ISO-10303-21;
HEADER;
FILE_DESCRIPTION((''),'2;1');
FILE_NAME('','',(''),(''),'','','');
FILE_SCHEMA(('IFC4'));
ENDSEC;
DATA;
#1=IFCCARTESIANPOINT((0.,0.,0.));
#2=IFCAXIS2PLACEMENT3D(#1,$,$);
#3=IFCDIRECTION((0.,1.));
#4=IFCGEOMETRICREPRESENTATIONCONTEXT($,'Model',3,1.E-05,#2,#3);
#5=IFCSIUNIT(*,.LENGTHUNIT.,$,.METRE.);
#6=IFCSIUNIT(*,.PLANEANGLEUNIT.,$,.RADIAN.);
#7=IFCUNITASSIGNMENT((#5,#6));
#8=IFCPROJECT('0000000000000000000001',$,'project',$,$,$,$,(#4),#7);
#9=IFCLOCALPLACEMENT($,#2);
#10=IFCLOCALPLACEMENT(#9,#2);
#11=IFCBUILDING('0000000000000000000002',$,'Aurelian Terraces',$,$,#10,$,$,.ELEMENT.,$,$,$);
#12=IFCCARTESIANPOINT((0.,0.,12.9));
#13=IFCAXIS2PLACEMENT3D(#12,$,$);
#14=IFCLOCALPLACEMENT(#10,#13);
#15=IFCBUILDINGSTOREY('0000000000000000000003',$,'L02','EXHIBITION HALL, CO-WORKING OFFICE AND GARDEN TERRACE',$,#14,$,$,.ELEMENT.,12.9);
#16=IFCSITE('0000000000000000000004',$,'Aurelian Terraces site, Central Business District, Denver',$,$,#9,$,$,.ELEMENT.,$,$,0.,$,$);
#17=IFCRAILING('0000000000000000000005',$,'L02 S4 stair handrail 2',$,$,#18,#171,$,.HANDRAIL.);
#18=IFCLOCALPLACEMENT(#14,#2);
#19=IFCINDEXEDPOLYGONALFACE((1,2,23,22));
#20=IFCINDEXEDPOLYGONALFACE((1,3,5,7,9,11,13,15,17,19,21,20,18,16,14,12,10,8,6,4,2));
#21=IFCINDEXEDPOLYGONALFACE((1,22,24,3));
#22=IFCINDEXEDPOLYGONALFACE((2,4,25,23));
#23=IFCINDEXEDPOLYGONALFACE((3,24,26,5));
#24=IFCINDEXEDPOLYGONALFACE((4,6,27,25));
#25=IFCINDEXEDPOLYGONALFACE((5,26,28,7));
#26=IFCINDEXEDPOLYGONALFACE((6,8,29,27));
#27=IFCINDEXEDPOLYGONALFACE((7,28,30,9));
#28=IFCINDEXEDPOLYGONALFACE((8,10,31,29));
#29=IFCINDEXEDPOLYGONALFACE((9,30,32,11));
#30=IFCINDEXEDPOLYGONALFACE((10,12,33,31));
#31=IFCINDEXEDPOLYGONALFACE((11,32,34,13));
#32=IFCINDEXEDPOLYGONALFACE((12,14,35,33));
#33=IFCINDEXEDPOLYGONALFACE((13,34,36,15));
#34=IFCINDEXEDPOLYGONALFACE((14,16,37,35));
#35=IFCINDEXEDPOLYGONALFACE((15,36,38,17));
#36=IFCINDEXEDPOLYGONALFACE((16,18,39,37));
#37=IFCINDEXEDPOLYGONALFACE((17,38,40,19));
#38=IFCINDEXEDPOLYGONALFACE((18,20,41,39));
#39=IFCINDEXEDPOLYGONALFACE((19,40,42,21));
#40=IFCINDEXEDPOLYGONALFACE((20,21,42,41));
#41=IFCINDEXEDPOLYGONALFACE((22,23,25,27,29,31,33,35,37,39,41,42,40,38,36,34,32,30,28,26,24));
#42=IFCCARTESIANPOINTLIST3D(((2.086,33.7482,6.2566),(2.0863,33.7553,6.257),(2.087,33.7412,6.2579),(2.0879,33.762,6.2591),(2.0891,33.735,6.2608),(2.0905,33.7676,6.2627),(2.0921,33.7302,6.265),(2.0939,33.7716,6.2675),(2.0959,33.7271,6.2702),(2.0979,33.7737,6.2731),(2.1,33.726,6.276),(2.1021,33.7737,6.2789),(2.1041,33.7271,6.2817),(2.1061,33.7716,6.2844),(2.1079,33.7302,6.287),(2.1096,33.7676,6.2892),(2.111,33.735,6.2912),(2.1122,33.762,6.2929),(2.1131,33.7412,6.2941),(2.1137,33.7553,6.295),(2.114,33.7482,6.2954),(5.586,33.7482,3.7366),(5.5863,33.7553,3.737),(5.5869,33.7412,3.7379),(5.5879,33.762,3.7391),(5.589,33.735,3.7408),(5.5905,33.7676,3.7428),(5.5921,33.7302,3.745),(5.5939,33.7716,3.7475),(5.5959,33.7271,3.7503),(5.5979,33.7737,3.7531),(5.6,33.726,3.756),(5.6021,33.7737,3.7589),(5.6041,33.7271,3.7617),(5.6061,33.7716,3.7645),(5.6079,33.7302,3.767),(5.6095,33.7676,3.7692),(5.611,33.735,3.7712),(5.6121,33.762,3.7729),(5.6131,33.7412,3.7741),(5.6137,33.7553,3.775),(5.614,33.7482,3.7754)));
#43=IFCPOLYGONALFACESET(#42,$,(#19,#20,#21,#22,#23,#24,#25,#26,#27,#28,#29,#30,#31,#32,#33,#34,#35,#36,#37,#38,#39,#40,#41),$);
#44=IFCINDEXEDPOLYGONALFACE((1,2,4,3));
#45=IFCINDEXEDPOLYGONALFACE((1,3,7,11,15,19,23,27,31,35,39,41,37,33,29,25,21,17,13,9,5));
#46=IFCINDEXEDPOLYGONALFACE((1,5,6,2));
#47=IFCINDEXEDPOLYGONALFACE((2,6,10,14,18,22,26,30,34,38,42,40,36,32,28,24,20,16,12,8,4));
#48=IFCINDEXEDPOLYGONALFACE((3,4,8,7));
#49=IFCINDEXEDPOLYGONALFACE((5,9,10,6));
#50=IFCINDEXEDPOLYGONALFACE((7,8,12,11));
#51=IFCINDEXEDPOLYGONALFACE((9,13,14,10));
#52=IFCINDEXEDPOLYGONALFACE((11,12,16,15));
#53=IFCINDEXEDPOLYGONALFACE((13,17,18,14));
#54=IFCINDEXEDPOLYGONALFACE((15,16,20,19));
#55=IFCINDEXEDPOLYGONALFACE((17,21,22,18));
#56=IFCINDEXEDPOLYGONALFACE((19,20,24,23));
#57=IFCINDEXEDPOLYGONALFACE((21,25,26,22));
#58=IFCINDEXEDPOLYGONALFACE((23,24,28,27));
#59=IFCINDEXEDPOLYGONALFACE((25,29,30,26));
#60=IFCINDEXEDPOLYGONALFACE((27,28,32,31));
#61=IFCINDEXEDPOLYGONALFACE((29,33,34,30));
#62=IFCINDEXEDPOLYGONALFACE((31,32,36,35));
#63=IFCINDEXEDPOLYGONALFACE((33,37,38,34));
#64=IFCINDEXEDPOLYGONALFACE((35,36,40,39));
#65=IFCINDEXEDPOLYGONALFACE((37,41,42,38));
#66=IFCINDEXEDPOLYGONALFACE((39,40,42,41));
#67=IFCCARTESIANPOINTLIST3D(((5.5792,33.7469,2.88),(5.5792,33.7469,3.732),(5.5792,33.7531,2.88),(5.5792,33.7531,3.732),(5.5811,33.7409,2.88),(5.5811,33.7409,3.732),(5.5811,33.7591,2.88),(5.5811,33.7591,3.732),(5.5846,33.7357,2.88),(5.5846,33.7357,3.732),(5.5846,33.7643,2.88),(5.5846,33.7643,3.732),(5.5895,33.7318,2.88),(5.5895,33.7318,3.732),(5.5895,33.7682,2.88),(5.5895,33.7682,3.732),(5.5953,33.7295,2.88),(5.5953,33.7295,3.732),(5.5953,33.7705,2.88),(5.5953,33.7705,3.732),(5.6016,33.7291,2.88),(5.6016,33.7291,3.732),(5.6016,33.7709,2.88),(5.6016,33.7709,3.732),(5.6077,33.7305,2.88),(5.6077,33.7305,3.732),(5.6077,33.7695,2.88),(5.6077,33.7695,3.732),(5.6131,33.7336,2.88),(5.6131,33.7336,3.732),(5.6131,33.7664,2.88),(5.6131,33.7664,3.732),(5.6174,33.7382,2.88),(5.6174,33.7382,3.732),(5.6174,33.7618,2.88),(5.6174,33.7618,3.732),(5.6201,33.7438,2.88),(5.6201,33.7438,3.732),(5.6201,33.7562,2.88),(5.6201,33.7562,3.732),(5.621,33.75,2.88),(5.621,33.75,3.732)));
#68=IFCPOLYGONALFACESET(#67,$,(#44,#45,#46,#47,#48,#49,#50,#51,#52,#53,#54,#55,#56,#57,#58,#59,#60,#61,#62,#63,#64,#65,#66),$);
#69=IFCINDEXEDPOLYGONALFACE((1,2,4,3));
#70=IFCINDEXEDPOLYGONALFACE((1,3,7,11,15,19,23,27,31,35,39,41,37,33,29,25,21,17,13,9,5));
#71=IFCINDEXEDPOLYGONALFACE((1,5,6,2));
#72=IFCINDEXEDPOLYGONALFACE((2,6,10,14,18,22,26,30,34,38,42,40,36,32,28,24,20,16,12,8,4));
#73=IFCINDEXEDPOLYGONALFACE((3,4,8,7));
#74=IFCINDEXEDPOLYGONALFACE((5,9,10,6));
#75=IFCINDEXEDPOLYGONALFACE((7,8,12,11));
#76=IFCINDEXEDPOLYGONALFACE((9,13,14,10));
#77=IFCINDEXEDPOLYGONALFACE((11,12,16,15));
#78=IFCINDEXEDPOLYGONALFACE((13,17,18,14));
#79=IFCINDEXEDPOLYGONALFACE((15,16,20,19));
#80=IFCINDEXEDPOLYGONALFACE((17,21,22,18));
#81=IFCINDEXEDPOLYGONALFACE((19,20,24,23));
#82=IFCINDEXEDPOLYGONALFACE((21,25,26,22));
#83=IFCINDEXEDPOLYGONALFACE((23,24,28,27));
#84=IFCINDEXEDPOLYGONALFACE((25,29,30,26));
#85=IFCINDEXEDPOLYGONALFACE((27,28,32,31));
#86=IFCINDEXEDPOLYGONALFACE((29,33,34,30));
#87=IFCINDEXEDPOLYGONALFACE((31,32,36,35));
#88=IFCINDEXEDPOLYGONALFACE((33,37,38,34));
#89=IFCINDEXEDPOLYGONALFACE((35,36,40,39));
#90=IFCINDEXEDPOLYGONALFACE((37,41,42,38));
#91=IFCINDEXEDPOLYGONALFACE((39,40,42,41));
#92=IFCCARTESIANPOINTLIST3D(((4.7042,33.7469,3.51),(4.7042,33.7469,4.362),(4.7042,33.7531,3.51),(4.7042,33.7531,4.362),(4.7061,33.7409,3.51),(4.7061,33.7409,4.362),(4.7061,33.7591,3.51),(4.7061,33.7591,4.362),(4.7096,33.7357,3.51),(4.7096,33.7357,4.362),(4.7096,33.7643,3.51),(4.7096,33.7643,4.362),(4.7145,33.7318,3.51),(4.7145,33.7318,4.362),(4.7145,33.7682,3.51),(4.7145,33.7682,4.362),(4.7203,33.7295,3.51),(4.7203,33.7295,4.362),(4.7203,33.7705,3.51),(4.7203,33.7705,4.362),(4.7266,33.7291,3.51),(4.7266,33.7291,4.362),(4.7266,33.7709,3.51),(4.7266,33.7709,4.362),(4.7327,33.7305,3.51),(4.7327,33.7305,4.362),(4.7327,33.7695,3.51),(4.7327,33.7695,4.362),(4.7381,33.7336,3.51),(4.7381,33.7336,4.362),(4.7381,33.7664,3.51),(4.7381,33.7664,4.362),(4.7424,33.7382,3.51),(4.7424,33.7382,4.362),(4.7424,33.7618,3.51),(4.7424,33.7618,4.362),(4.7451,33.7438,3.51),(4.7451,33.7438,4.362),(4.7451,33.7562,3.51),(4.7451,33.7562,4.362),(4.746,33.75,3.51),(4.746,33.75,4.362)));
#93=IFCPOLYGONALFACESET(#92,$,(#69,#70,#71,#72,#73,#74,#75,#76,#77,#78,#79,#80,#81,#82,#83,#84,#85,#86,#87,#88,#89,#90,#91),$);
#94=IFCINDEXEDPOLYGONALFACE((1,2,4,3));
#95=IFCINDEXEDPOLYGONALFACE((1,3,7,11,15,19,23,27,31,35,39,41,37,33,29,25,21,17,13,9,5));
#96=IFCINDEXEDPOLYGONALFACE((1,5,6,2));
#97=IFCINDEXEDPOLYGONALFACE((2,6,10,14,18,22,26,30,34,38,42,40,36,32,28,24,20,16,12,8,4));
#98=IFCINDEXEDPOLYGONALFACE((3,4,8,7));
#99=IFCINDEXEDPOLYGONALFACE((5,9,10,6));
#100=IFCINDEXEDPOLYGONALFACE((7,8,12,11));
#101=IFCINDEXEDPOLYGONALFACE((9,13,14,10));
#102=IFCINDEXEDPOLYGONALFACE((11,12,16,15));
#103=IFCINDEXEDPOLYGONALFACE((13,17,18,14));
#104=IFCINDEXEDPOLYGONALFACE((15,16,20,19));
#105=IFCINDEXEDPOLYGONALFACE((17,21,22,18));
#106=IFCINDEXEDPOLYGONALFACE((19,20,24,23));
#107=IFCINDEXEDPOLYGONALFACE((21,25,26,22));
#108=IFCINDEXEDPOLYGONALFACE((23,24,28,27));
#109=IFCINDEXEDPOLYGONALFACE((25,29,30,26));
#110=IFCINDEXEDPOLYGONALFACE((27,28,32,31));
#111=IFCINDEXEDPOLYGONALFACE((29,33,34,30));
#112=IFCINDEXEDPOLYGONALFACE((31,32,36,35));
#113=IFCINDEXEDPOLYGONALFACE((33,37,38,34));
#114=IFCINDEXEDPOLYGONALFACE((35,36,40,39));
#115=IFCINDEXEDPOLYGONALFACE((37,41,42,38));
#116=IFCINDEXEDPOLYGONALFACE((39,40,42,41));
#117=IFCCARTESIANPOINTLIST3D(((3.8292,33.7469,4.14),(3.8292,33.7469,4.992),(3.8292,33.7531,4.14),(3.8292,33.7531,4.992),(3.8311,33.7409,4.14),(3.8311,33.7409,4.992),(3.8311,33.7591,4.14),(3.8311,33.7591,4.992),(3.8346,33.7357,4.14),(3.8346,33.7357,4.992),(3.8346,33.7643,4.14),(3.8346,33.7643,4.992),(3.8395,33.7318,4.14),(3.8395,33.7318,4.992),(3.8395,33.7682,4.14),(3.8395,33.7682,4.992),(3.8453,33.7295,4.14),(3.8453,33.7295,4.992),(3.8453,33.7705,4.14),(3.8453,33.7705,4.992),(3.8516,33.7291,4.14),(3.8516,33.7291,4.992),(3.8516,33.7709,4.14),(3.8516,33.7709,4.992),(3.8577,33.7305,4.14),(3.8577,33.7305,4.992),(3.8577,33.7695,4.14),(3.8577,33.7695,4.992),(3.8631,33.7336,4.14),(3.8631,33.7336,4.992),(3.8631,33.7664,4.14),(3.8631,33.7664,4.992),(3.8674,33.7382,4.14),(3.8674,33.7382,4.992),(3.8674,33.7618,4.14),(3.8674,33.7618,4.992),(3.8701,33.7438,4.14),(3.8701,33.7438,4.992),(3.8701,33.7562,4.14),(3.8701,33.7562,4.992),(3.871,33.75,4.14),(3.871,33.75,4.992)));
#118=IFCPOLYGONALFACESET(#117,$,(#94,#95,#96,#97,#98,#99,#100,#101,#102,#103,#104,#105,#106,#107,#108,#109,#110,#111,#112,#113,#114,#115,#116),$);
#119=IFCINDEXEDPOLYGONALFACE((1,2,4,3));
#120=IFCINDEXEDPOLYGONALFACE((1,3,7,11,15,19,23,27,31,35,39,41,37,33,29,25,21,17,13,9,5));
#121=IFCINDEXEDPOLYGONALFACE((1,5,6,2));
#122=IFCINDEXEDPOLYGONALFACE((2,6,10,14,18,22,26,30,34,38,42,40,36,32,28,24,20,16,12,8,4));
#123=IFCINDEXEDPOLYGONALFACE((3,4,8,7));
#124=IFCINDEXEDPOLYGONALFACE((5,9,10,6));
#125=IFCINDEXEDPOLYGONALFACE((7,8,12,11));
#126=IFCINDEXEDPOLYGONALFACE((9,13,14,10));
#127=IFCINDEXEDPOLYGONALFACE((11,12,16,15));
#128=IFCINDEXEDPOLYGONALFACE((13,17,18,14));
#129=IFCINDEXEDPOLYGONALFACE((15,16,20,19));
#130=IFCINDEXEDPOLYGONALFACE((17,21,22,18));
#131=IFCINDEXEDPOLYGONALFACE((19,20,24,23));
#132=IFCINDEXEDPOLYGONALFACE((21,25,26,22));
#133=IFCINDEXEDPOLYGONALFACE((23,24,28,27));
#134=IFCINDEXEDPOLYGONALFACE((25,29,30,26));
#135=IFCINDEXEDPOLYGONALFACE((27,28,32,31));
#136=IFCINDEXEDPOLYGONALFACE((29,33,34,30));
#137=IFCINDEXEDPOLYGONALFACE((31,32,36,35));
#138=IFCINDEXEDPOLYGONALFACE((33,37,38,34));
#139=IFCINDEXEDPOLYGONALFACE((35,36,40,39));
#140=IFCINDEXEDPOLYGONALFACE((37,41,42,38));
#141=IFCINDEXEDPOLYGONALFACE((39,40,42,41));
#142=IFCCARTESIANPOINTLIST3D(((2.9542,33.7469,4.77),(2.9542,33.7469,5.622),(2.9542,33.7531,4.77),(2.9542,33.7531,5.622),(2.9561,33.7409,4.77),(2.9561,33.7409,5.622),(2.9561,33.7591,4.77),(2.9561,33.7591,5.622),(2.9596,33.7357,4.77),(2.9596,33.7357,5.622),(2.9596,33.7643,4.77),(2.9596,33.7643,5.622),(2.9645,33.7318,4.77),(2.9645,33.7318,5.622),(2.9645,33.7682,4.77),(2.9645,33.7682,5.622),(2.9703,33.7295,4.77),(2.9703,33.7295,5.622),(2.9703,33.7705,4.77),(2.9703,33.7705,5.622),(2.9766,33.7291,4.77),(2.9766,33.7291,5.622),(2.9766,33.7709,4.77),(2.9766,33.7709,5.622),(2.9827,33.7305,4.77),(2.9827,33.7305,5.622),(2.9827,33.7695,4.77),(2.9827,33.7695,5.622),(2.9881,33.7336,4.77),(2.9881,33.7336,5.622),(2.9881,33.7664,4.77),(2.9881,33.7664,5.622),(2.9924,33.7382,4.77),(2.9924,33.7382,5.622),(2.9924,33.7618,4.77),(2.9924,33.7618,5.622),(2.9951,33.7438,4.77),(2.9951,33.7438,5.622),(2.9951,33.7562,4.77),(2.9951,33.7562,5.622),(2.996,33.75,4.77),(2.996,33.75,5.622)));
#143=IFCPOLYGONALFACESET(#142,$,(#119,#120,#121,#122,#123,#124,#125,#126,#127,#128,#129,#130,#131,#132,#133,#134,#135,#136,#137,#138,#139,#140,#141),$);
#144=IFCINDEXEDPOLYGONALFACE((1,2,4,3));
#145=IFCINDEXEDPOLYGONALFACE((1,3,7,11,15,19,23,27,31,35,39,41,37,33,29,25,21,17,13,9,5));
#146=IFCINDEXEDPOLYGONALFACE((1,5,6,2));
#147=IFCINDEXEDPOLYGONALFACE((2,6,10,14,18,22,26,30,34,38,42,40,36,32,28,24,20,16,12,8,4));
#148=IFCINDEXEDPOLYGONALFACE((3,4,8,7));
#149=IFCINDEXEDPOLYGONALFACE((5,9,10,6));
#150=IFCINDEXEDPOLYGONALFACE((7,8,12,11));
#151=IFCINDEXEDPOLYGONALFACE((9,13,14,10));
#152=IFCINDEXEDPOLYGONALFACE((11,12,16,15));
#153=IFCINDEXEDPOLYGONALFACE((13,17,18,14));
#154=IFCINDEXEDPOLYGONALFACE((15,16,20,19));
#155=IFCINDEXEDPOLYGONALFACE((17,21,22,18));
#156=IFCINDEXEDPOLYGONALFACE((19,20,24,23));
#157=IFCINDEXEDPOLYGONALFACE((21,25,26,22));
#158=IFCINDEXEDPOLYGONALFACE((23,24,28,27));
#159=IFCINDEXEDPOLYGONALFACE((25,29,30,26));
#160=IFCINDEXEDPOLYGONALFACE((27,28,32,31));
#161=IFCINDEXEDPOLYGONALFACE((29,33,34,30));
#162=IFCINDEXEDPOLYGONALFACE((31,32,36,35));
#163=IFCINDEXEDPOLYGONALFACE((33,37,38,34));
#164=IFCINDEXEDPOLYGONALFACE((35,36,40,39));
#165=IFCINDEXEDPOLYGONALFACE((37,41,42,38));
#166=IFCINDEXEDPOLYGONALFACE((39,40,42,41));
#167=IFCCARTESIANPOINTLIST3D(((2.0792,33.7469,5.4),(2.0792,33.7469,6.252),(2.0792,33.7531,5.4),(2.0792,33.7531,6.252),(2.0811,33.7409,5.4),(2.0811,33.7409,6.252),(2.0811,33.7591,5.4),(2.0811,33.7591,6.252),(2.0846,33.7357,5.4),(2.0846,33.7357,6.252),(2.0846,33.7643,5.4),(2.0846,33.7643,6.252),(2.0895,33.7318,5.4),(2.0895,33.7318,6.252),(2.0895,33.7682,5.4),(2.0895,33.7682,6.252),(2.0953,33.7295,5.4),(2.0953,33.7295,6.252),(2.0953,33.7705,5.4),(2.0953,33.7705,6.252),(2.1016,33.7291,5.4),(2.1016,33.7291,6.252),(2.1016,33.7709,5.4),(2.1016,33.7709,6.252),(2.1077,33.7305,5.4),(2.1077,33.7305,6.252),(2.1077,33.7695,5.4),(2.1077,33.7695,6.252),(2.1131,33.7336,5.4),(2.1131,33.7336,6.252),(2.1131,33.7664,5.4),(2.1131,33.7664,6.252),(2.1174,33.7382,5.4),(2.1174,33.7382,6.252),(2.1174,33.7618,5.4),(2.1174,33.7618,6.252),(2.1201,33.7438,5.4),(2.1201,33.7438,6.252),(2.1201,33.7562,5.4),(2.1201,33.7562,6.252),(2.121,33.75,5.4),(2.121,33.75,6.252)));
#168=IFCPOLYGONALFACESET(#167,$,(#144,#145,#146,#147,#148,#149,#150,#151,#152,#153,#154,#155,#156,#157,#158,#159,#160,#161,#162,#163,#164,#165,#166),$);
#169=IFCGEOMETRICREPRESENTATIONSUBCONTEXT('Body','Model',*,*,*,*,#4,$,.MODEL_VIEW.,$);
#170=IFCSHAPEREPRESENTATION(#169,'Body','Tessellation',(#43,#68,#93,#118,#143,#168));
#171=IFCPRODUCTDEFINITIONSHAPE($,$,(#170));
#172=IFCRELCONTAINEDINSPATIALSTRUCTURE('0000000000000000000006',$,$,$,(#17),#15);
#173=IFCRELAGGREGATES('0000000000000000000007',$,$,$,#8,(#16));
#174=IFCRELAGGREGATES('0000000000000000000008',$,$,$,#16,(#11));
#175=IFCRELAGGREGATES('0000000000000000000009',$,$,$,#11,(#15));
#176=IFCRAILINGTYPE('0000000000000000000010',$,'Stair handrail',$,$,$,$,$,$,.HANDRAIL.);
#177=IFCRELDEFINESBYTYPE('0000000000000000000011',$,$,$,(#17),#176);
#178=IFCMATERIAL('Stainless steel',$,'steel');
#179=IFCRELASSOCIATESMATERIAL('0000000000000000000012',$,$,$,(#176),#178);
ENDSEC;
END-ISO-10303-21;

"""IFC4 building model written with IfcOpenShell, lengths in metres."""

from ifc_helpers import new_model, si_unit, direction, frame, origin, origin_2d, place, context, subcontext, project, spatial, circle, extrude, source, transform, mapped, material, type_object, element, save


model = new_model("IFC4")

# Units and contexts
model_context = context("Model", 3, precision=1e-05, world=origin(), true_north=direction((0.0, 1.0)))
body_context = subcontext(model_context, "Body", "Model", "MODEL_VIEW")
ifc_project = project(units=[si_unit("LENGTHUNIT", "METRE"), si_unit("PLANEANGLEUNIT", "RADIAN")], contexts=[model_context])

# Site, building, storey
site_placement = place(None, origin())
site = spatial("IfcSite", under=ifc_project, at=site_placement, Name="Aurelian Terraces site, Central Business District, Denver", CompositionType="ELEMENT", RefElevation=0.0)
building_placement = place(site_placement, origin())
building = spatial("IfcBuilding", under=site, at=building_placement, Name="Aurelian Terraces", CompositionType="ELEMENT")
storey_placement = place(building_placement, frame((0.0, 0.0, 12.9)))
storey = spatial("IfcBuildingStorey", under=building, at=storey_placement, Name="L02", Description="EXHIBITION HALL, CO-WORKING OFFICE AND GARDEN TERRACE", CompositionType="ELEMENT", Elevation=12.9)

# Railing
ifc_material_1 = material(Name="Stainless steel", Category="steel")
railing_type_1 = type_object("IfcRailingType", Name="Stair handrail", PredefinedType="HANDRAIL", material=ifc_material_1)
shared_shape_1 = source(origin(), body_context, "Body", "SweptSolid", [
    extrude(circle(Radius=0.024, at=origin_2d()), frame((0.0, 0.0, 0.876), z_axis=(-0.811534, 0.0, 0.584305), x_axis=(0.0, -1.0, 0.0)), (0.0, 0.0, 1.0), 4.3128),
    extrude(circle(Radius=0.021, at=origin_2d()), origin(), (0.0, 0.0, 1.0), 0.852),
    extrude(circle(Radius=0.021, at=origin_2d()), frame((-0.875, 0.0, 0.63)), (0.0, 0.0, 1.0), 0.852),
    extrude(circle(Radius=0.021, at=origin_2d()), frame((-1.75, 0.0, 1.26)), (0.0, 0.0, 1.0), 0.852),
    extrude(circle(Radius=0.021, at=origin_2d()), frame((-2.625, 0.0, 1.89)), (0.0, 0.0, 1.0), 0.852),
    extrude(circle(Radius=0.021, at=origin_2d()), frame((-3.5, 0.0, 2.52)), (0.0, 0.0, 1.0), 0.852),
])
railing_1_placement = place(storey_placement, frame((5.6, 33.75, 2.88)))
element("IfcRailing", 1, at=railing_1_placement, inside=storey, type_object=railing_type_1, Name="L02 S4 stair handrail 2", PredefinedType="HANDRAIL", context=body_context, shape_type="MappedRepresentation", body=[
    mapped(shared_shape_1, transform((0.0, 0.0, 0.0), scale=1.0)),
])

save(model, "model.ifc")
